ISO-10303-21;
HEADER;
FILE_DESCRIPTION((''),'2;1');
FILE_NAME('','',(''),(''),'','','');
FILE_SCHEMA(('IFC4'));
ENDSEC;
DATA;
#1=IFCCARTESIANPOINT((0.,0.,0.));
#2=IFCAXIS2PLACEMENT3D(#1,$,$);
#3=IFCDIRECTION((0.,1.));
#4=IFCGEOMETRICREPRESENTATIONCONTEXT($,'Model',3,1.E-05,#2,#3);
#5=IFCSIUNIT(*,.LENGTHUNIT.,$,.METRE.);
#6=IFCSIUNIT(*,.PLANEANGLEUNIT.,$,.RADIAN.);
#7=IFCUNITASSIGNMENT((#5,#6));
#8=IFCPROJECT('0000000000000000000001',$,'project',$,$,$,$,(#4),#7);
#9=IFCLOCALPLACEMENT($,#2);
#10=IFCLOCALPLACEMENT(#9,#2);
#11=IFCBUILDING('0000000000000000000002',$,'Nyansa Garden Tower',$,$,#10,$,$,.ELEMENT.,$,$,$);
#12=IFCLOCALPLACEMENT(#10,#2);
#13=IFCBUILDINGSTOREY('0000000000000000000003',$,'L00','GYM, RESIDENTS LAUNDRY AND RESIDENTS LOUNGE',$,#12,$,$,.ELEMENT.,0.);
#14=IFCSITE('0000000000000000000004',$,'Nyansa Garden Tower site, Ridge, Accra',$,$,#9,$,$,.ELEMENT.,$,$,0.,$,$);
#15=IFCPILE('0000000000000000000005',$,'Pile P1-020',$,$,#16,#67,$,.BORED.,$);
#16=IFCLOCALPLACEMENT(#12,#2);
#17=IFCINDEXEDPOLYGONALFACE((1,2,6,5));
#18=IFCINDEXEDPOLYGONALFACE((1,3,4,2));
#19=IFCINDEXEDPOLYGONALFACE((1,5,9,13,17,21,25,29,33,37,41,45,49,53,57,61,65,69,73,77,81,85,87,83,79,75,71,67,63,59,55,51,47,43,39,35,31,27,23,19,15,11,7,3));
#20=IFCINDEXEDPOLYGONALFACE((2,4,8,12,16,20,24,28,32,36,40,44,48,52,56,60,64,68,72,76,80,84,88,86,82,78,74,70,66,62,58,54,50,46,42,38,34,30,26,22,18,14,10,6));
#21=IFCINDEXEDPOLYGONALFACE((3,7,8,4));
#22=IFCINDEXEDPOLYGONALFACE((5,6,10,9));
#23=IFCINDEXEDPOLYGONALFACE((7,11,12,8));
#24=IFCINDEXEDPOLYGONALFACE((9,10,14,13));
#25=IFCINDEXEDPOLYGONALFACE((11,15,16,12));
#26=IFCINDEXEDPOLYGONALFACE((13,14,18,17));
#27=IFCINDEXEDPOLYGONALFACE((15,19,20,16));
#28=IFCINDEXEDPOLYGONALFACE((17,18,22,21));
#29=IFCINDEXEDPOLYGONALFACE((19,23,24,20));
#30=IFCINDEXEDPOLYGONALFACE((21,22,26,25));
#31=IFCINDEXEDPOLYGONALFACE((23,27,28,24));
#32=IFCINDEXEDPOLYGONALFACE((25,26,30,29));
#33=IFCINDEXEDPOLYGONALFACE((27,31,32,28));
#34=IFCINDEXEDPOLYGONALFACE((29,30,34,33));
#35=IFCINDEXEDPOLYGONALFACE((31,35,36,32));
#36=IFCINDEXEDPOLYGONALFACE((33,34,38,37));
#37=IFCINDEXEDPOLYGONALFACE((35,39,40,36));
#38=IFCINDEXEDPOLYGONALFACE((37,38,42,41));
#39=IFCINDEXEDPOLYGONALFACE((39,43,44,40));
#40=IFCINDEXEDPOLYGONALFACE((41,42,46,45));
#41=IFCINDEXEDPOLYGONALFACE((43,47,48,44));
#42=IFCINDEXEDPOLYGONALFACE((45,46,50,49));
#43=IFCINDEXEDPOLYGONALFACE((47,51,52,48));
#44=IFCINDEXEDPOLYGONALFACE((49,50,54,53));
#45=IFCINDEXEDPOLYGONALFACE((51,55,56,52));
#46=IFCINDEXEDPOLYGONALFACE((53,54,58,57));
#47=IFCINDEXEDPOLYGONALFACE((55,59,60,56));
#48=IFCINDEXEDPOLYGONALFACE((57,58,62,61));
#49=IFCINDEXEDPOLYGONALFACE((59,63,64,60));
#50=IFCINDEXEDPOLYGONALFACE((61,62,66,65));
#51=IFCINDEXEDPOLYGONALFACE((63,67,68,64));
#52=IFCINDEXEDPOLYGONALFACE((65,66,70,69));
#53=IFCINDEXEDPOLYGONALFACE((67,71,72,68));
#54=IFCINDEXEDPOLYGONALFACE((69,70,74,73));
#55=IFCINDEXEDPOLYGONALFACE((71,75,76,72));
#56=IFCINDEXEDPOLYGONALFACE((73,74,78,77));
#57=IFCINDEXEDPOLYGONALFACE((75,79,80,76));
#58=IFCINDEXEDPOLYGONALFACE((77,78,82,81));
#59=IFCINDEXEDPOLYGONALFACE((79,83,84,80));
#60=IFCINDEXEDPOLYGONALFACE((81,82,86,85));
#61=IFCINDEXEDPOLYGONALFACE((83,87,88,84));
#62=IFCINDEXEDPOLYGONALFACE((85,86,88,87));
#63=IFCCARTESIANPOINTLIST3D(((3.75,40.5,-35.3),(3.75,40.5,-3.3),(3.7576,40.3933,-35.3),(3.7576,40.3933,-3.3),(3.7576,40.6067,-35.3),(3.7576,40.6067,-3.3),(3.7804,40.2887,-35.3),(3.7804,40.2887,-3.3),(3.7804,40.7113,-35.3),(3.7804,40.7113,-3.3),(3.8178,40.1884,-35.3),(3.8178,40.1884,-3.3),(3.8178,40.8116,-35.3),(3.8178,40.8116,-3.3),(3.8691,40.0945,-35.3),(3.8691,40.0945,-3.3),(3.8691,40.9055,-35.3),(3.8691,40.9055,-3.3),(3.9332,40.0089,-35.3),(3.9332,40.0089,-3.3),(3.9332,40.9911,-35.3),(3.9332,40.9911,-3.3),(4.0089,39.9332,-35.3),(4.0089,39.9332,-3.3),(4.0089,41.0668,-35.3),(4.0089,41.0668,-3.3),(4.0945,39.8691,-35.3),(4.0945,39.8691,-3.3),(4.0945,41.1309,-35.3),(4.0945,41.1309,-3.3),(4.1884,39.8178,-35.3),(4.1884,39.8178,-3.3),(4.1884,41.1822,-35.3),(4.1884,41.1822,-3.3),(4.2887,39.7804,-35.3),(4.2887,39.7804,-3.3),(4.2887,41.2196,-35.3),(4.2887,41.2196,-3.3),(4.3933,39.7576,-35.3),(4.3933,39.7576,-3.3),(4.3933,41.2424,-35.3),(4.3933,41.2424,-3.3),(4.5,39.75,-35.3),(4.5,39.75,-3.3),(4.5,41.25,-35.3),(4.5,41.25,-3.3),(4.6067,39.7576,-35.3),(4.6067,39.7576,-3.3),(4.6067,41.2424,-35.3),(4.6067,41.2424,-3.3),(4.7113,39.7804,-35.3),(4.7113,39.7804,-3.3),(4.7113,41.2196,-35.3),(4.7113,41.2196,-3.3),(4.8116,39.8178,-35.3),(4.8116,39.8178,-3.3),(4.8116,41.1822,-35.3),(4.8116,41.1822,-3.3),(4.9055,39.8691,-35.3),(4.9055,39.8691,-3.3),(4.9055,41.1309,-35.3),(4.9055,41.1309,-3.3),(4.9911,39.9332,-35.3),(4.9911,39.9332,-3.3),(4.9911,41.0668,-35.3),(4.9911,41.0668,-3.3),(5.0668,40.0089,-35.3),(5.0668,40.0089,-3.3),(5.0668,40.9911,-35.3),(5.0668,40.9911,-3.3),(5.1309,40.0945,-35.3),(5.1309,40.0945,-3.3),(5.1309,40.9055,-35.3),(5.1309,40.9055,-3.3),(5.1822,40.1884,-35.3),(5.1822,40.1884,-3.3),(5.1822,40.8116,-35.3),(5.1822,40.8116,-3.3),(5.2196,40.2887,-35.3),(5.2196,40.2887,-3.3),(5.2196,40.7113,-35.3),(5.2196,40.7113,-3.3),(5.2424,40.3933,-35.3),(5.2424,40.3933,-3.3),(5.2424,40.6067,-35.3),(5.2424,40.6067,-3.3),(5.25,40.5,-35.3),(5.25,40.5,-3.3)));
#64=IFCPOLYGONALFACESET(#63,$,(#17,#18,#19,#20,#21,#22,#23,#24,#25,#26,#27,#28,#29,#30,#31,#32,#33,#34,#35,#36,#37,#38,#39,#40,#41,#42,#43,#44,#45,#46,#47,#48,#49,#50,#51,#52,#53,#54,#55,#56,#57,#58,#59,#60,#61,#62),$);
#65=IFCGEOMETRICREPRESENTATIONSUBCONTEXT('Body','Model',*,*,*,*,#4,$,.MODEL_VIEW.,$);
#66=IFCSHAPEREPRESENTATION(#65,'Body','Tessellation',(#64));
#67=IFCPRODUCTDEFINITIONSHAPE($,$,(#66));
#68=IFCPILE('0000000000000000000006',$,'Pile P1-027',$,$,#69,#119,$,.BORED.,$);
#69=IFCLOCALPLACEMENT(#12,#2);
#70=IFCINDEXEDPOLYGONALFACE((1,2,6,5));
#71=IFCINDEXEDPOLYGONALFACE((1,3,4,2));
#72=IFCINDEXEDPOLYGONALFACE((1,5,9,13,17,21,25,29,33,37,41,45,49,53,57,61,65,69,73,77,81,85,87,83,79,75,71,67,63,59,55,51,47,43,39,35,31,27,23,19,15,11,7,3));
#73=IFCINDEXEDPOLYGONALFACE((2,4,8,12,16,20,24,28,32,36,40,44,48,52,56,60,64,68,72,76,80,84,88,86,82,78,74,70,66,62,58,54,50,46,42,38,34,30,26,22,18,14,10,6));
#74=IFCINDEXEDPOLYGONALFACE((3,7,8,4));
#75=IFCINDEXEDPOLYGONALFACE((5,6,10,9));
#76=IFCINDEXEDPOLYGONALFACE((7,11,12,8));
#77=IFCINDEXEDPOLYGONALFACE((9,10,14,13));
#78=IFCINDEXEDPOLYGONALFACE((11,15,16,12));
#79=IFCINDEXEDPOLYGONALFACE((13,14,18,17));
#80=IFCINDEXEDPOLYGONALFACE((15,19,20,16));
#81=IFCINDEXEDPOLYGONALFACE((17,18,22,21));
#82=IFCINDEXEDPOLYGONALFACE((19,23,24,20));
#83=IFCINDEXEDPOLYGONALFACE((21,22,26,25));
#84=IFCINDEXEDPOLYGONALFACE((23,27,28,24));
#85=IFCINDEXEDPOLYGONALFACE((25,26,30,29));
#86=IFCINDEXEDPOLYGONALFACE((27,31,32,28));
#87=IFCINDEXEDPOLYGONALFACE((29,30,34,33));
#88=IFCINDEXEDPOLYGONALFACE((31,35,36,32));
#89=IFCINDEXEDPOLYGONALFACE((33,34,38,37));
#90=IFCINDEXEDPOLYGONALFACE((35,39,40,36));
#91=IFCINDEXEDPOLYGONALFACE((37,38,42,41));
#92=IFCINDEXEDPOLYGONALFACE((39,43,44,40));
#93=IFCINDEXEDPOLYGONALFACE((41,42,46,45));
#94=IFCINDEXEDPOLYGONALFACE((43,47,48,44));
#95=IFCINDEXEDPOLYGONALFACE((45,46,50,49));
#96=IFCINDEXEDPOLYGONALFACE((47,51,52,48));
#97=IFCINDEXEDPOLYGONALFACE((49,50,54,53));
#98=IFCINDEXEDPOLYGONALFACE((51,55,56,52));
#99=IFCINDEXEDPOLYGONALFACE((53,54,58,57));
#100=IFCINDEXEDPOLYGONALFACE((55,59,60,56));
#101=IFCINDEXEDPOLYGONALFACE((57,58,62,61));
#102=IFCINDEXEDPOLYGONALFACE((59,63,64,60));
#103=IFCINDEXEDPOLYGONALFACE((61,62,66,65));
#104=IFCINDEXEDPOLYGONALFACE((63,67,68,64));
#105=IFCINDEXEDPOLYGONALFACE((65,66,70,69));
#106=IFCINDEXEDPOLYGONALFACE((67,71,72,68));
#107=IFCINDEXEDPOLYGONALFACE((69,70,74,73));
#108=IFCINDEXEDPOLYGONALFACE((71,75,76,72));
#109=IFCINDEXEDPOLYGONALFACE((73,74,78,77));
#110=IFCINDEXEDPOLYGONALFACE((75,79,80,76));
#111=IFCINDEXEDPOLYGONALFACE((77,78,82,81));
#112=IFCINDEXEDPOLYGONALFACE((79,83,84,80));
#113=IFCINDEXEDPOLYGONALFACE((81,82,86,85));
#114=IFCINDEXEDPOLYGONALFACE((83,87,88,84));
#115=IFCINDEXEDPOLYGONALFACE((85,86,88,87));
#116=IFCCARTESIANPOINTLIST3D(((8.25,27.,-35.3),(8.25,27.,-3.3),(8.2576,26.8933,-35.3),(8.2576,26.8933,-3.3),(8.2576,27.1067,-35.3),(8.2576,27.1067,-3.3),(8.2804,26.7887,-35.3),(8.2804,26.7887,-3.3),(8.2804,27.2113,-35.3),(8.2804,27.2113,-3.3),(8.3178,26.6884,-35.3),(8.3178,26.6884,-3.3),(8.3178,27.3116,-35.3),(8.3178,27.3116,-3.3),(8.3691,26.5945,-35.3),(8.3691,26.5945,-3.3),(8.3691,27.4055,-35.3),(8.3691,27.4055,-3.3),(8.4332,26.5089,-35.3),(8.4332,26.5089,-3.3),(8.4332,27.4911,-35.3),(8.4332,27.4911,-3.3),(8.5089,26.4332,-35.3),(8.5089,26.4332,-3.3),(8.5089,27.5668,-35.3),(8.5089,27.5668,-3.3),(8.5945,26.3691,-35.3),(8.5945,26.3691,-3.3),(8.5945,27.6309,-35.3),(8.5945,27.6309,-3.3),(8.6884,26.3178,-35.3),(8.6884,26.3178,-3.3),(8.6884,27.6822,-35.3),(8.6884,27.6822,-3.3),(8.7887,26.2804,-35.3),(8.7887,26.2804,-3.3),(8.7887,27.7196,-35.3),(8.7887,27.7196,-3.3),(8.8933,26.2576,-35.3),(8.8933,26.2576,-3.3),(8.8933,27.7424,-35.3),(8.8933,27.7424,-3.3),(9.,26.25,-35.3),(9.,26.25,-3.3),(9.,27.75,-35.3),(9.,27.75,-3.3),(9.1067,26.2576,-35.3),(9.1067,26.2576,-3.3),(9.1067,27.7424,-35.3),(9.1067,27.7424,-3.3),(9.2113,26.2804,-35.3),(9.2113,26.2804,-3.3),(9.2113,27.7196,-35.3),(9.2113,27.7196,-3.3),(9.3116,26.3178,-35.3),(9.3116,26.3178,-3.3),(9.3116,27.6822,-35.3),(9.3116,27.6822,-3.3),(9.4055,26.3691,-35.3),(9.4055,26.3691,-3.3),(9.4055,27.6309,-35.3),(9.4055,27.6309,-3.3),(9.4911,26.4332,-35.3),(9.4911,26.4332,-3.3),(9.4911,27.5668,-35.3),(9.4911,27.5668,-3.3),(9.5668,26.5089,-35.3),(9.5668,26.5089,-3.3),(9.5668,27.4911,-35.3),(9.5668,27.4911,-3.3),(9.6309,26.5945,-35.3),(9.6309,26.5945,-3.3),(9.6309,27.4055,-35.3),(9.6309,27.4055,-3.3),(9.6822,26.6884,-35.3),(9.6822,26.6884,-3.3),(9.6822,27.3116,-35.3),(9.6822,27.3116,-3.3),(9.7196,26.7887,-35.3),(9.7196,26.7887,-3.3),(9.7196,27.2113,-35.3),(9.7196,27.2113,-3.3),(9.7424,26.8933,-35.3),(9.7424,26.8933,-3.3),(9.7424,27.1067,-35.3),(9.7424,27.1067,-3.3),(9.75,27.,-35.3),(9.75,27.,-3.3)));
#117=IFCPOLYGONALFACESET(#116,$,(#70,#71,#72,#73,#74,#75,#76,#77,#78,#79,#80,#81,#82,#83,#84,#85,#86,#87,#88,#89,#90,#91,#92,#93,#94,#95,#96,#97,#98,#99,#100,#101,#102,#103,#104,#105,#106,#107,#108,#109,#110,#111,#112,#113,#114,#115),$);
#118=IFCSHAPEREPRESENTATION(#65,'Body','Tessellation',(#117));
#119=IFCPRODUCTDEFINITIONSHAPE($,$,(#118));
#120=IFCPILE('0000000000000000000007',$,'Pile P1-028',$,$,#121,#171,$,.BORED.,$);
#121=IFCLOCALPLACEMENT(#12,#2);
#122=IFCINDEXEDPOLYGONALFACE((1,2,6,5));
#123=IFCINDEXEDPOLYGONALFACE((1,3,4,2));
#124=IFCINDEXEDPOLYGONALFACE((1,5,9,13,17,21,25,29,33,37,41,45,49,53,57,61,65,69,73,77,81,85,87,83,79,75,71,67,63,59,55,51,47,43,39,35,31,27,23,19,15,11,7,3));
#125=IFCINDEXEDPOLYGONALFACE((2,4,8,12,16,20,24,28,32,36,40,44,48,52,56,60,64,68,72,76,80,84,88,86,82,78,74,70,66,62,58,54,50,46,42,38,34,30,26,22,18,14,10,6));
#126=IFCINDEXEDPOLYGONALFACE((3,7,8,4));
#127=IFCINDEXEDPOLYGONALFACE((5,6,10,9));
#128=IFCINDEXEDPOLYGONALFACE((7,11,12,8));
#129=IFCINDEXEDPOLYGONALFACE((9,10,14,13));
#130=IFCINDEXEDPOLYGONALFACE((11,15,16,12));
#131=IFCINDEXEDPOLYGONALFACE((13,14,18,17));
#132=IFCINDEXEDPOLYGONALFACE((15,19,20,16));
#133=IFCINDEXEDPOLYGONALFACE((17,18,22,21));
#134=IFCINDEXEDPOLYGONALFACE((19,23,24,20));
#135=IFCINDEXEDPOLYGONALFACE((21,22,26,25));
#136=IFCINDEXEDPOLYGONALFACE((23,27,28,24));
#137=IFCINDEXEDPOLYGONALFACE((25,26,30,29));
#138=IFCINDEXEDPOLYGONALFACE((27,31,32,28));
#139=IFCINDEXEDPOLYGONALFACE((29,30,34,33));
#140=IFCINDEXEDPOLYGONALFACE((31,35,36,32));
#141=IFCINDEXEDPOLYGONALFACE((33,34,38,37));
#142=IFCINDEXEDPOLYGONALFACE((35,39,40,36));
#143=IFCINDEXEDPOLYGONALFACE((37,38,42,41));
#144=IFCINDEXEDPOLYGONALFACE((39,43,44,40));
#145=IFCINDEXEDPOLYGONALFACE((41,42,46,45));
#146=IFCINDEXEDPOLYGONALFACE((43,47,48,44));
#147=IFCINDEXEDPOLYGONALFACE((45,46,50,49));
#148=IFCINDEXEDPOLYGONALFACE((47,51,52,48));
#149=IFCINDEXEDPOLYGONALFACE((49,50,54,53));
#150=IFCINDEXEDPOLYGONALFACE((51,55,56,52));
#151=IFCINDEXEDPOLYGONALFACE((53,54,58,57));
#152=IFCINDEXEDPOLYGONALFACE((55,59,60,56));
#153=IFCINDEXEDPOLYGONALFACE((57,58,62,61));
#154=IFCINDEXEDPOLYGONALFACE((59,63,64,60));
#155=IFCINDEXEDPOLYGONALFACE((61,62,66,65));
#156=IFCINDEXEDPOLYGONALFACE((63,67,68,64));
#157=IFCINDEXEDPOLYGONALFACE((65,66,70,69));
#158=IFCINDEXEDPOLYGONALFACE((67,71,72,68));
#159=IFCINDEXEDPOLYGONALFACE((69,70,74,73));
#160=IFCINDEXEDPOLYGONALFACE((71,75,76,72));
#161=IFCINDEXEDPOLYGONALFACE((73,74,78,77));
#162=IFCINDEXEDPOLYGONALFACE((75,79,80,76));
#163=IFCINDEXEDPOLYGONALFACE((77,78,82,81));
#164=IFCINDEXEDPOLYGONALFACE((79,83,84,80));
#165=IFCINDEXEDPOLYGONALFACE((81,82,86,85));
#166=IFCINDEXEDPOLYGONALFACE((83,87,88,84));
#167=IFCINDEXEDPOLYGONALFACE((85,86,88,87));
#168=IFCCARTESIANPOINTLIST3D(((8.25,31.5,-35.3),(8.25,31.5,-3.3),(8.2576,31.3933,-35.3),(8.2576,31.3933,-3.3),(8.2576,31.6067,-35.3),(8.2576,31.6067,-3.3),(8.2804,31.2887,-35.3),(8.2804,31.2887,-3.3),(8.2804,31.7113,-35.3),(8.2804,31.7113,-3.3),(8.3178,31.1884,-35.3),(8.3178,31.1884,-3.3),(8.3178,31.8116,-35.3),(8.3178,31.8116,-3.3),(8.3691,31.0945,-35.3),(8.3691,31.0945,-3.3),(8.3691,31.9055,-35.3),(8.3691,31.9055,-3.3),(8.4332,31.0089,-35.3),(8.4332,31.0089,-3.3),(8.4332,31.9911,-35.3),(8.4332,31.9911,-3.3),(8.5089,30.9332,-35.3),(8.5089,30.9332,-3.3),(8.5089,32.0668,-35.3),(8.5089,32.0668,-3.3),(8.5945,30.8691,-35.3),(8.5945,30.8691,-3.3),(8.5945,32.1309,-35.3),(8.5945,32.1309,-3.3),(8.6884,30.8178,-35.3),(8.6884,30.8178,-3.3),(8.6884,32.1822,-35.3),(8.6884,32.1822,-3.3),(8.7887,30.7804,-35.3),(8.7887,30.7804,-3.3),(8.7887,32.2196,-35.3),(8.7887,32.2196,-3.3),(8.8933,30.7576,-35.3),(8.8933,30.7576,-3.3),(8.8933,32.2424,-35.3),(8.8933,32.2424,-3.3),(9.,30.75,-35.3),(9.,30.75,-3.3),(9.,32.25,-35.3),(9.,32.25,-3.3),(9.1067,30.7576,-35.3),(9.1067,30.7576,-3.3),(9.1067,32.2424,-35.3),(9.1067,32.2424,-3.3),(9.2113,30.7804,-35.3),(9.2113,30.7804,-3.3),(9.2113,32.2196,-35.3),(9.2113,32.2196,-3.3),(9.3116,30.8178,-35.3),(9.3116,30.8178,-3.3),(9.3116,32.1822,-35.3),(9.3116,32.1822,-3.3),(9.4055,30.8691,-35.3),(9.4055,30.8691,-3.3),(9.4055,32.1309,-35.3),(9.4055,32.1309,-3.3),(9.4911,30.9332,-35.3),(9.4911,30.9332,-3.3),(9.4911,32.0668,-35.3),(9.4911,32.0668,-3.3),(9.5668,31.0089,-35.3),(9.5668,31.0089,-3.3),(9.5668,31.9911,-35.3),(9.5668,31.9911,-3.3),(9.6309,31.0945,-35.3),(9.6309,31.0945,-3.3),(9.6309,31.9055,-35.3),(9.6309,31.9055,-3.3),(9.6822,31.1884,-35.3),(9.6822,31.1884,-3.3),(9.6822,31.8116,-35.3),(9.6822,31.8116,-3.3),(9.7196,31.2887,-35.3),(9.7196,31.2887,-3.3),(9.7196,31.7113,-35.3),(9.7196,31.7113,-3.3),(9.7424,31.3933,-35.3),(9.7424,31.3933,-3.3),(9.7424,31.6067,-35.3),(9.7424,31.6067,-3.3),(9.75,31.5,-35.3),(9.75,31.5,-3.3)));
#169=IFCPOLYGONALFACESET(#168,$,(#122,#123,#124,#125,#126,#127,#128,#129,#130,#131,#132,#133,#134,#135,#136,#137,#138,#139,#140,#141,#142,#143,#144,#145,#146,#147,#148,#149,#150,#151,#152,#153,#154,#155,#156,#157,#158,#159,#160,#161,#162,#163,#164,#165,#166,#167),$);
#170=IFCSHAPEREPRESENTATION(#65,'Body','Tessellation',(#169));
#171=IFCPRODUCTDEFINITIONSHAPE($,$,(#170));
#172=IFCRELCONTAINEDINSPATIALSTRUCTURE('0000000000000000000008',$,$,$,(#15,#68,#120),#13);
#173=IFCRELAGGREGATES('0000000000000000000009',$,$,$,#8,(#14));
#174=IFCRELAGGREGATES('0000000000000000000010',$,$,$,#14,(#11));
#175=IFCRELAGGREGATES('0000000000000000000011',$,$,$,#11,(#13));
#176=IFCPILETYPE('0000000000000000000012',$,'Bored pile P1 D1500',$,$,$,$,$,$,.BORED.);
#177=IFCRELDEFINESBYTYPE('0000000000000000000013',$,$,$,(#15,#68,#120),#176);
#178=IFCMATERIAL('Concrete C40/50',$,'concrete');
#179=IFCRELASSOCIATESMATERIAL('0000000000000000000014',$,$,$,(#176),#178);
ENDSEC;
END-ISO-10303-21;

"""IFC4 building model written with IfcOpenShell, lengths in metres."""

from ifc_helpers import new_model, si_unit, direction, frame, origin, origin_2d, place, context, subcontext, project, spatial, circle, extrude, material, type_object, element, save


model = new_model("IFC4")

# Units and contexts
model_context = context("Model", 3, precision=1e-05, world=origin(), true_north=direction((0.0, 1.0)))
body_context = subcontext(model_context, "Body", "Model", "MODEL_VIEW")
ifc_project = project(units=[si_unit("LENGTHUNIT", "METRE"), si_unit("PLANEANGLEUNIT", "RADIAN")], contexts=[model_context])

# Site, building, storey
site_placement = place(None, origin())
site = spatial("IfcSite", under=ifc_project, at=site_placement, Name="Nyansa Garden Tower site, Ridge, Accra", CompositionType="ELEMENT", RefElevation=0.0)
building_placement = place(site_placement, origin())
building = spatial("IfcBuilding", under=site, at=building_placement, Name="Nyansa Garden Tower", CompositionType="ELEMENT")
storey_placement = place(building_placement, origin())
storey = spatial("IfcBuildingStorey", under=building, at=storey_placement, Name="L00", Description="GYM, RESIDENTS LAUNDRY AND RESIDENTS LOUNGE", CompositionType="ELEMENT", Elevation=0.0)

# Piles
ifc_material_1 = material(Name="Concrete C40/50", Category="concrete")
pile_type = type_object("IfcPileType", Name="Bored pile P1 D1500", PredefinedType="BORED", material=ifc_material_1)
for number, where, z_axis, x_axis, name in (
    (1, (4.5, 40.5, -3.3), (0.0, 0.0, -1.0), (1.0, 0.0, 0.0), "Pile P1-020"),
    (2, (9.0, 27.0, -3.3), (0.0, 0.0, -1.0), (1.0, 0.0, 0.0), "Pile P1-027"),
    (3, (9.0, 31.5, -3.3), (0.0, 0.0, -1.0), (1.0, 0.0, 0.0), "Pile P1-028"),
):
    element("IfcPile", number, at=place(storey_placement, frame(where, z_axis=z_axis, x_axis=x_axis)), inside=storey, type_object=pile_type, Name=name, PredefinedType="BORED", context=body_context, shape_type="SweptSolid", body=[
        extrude(circle(Radius=0.75, at=origin_2d()), origin(), (0.0, 0.0, 1.0), 32.0),
    ])

save(model, "model.ifc")
